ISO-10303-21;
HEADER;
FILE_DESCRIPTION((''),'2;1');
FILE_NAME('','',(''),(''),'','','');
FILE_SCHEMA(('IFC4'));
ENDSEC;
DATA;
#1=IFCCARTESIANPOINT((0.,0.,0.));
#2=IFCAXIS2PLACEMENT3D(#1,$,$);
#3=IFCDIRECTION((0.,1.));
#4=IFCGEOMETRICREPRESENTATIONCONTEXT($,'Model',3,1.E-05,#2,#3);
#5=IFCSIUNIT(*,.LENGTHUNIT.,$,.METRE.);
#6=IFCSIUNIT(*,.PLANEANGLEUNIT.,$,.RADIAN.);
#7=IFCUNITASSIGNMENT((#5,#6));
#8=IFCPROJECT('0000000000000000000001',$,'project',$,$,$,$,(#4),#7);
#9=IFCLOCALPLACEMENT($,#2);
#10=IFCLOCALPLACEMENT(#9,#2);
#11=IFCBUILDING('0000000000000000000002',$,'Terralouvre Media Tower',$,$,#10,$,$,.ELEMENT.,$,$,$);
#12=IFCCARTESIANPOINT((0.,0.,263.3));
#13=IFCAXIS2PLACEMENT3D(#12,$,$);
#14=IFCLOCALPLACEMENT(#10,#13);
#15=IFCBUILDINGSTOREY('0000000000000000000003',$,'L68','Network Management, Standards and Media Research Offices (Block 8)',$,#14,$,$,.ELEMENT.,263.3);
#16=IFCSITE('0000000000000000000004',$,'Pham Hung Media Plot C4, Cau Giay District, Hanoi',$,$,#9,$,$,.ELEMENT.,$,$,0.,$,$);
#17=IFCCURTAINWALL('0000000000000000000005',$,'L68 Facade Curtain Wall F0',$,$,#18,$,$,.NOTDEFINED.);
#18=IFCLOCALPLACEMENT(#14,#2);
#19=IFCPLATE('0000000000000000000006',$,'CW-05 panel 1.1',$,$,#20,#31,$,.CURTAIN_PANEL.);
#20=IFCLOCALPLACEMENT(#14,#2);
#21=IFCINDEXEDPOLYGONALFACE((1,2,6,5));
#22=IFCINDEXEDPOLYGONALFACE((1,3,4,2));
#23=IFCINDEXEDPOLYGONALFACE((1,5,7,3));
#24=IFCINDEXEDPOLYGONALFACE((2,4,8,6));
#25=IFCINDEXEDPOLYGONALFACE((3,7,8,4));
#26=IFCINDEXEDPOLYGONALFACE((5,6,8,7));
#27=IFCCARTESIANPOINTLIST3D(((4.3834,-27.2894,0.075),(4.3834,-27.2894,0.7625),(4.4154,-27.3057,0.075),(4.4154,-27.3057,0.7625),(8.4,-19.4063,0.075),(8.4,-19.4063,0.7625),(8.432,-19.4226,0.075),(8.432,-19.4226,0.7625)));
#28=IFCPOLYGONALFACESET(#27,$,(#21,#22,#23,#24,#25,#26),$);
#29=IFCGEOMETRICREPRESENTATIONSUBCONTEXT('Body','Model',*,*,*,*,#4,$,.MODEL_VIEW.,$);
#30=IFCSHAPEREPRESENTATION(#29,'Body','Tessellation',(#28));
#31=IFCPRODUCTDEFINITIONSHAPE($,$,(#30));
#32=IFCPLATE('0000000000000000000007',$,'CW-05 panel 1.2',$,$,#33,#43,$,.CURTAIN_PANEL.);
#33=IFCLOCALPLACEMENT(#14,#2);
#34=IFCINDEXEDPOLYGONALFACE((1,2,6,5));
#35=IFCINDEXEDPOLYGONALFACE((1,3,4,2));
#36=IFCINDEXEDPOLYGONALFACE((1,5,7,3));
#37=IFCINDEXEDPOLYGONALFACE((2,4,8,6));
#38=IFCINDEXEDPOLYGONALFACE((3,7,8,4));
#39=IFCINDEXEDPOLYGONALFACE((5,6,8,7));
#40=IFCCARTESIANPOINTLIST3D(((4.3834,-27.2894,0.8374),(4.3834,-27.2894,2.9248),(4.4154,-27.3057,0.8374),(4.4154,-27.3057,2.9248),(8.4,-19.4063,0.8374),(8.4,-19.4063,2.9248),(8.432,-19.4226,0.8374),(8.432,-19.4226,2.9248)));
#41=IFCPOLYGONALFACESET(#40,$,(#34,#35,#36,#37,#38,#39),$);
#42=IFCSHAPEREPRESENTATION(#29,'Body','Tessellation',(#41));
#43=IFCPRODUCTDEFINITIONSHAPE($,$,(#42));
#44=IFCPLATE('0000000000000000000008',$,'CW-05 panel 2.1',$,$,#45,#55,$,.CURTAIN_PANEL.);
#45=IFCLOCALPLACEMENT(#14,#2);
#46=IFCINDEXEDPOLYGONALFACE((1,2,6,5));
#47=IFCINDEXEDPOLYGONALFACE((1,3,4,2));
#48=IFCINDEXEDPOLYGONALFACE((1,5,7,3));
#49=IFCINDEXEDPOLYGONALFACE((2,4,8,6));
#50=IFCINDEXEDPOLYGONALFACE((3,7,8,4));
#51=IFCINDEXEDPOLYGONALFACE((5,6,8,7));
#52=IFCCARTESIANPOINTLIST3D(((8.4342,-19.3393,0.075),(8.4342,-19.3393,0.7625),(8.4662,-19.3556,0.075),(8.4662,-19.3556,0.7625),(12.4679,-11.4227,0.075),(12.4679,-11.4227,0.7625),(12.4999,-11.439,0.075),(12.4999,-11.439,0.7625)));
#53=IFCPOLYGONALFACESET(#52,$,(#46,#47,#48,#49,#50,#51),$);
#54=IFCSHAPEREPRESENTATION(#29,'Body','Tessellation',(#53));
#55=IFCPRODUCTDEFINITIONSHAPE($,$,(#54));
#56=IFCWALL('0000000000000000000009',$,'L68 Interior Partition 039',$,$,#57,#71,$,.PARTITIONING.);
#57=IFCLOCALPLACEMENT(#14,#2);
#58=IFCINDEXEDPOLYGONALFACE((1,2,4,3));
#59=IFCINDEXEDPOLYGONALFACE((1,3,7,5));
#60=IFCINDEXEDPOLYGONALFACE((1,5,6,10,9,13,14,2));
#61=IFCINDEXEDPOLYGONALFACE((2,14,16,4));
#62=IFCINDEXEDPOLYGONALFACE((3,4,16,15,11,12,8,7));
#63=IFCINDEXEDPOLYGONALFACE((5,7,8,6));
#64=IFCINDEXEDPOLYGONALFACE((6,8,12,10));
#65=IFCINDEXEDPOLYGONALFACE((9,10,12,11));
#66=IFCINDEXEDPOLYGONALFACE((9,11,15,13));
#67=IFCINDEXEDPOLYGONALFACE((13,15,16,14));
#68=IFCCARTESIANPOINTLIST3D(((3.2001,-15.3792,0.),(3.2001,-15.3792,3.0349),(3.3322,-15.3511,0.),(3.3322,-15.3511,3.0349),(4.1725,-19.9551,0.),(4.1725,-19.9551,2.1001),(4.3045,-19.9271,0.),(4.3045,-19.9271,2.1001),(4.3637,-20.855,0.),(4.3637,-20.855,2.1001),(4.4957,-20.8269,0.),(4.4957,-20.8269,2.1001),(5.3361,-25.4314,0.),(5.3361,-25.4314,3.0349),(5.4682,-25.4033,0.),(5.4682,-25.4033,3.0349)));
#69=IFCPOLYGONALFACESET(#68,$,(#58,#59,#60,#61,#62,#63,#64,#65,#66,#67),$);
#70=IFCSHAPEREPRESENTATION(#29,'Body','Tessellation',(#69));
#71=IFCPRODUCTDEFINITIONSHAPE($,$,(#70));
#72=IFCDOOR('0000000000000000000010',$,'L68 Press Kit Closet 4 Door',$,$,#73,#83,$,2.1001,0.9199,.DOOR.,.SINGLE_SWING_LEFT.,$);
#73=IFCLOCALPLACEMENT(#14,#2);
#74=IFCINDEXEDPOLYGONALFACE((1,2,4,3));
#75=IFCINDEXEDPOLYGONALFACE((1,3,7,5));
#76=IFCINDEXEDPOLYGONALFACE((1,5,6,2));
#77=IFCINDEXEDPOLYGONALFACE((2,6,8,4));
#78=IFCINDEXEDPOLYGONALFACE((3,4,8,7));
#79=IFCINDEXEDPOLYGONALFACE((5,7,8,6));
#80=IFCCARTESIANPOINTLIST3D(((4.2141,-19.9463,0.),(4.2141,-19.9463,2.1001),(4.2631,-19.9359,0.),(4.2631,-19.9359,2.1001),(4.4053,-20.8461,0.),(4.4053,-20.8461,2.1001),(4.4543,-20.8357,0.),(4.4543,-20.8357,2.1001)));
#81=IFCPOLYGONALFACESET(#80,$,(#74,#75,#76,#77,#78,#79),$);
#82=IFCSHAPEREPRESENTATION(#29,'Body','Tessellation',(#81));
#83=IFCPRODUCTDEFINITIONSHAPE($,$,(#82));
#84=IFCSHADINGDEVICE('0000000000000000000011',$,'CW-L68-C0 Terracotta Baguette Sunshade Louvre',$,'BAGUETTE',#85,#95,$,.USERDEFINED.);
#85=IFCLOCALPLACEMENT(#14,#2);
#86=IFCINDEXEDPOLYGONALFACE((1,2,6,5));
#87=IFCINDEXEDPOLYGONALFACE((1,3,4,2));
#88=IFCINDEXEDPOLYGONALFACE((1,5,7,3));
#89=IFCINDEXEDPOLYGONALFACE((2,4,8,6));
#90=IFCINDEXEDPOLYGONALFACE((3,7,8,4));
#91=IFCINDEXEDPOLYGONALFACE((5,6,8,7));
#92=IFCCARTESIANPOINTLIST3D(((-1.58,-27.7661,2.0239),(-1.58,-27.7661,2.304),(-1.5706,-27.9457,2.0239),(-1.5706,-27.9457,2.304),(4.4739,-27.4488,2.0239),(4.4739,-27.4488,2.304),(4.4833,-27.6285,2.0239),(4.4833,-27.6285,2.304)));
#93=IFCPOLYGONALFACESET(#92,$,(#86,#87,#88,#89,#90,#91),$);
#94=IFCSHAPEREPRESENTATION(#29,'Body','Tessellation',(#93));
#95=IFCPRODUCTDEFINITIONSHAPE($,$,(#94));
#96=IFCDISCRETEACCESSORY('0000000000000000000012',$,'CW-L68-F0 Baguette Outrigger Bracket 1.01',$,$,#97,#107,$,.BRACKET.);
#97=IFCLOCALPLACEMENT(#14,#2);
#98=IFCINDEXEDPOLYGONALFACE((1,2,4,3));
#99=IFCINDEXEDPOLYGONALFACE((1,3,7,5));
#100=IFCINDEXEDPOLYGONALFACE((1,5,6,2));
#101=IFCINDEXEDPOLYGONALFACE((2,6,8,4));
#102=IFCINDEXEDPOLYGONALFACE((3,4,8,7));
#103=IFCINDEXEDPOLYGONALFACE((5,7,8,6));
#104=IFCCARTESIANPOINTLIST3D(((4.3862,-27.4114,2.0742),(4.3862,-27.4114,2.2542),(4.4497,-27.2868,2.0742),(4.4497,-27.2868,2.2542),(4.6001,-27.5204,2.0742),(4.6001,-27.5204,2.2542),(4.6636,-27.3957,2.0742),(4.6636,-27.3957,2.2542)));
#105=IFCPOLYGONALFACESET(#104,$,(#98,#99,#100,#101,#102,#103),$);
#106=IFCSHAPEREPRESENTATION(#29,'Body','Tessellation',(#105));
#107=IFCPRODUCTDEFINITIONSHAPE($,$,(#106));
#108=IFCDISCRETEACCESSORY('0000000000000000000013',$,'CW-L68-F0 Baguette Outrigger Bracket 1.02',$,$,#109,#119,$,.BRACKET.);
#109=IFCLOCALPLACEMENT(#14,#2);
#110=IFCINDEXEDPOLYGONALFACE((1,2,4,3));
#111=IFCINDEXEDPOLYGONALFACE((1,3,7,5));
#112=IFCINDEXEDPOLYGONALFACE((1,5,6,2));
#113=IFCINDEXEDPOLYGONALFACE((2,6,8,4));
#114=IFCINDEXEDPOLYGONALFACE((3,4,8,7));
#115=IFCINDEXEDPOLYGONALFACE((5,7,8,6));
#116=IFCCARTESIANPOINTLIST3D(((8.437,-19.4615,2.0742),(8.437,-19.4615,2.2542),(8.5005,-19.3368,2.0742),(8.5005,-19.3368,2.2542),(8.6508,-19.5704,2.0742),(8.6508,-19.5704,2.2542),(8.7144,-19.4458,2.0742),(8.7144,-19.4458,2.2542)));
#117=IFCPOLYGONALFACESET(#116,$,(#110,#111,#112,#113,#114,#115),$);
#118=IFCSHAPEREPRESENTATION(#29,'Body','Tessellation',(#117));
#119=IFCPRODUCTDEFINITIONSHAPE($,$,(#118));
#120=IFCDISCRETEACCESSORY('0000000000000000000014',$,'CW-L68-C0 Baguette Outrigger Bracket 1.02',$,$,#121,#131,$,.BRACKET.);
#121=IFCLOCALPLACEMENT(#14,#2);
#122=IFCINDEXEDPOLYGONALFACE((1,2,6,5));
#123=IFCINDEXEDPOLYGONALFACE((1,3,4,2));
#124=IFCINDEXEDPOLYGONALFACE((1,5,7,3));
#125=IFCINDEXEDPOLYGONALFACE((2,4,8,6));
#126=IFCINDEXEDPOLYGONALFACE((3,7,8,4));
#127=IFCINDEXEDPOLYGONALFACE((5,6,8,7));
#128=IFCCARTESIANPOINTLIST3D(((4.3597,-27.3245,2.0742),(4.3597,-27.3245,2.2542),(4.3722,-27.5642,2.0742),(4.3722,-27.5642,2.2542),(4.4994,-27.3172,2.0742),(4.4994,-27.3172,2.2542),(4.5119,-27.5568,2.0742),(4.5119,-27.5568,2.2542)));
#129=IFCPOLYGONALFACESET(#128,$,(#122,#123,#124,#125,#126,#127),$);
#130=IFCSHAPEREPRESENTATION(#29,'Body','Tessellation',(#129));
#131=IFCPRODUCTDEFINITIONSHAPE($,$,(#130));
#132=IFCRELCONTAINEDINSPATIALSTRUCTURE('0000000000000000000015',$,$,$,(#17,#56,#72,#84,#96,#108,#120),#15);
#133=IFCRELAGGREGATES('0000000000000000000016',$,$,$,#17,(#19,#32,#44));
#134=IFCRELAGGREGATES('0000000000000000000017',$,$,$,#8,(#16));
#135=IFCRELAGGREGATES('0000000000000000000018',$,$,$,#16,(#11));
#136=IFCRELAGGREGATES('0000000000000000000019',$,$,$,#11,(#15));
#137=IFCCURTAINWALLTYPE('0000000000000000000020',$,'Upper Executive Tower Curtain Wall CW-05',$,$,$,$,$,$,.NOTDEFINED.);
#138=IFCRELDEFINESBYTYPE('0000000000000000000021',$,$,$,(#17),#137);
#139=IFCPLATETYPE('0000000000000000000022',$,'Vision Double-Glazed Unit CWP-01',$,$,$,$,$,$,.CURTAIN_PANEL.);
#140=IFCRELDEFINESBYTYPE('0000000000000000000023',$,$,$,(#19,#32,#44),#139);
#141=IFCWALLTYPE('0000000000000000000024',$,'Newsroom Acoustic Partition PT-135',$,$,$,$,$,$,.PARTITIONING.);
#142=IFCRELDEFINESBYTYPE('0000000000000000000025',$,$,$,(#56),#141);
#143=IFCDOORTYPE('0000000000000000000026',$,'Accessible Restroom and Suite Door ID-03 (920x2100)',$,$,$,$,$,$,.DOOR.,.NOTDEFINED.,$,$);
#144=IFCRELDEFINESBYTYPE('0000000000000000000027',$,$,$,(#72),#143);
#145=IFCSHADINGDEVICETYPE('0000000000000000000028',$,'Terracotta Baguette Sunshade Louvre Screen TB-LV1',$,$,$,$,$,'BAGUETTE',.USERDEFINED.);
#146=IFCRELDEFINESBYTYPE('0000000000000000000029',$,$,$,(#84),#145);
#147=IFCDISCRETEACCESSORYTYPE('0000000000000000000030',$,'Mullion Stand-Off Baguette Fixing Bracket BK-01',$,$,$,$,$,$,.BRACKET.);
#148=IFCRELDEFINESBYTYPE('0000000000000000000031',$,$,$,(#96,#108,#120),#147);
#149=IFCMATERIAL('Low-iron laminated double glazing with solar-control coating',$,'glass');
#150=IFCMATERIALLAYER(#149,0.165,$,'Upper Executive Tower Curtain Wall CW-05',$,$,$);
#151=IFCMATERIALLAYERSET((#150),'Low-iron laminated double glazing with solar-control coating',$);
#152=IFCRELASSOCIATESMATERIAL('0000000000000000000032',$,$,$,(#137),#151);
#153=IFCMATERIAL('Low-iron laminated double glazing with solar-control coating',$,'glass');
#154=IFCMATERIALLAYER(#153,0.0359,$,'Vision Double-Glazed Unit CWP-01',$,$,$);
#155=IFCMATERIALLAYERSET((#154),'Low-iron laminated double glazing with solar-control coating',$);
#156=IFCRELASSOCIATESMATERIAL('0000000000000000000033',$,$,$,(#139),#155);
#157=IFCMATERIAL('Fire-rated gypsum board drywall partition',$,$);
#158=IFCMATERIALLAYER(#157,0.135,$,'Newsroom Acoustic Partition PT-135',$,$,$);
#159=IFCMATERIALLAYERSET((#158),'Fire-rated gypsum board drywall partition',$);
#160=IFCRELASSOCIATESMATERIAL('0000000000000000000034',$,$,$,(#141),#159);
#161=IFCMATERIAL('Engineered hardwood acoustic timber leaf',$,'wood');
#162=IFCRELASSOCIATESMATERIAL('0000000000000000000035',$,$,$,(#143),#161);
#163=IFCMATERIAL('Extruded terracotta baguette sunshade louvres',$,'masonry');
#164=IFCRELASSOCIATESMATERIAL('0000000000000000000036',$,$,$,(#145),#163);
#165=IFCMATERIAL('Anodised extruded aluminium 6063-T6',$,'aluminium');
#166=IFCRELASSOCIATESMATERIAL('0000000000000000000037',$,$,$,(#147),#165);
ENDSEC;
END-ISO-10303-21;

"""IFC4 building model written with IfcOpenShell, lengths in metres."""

from ifc_helpers import new_model, si_unit, direction, frame, frame_2d, origin, origin_2d, place, context, subcontext, project, spatial, rectangle, extrude, material, layer, layer_set, type_object, element, fill, aggregate, save


model = new_model("IFC4")

# Units and contexts
model_context = context("Model", 3, precision=1e-05, world=origin(), true_north=direction((0.0, 1.0)))
body_context = subcontext(model_context, "Body", "Model", "MODEL_VIEW")
ifc_project = project(units=[si_unit("LENGTHUNIT", "METRE"), si_unit("PLANEANGLEUNIT", "RADIAN")], contexts=[model_context])

# Site, building, storey
site_placement = place(None, origin())
site = spatial("IfcSite", under=ifc_project, at=site_placement, Name="Pham Hung Media Plot C4, Cau Giay District, Hanoi", CompositionType="ELEMENT", RefElevation=0.0)
building_placement = place(site_placement, origin())
building = spatial("IfcBuilding", under=site, at=building_placement, Name="Terralouvre Media Tower", CompositionType="ELEMENT")
storey_placement = place(building_placement, frame((0.0, 0.0, 263.3)))
storey = spatial("IfcBuildingStorey", under=building, at=storey_placement, Name="L68", Description="Network Management, Standards and Media Research Offices (Block 8)", CompositionType="ELEMENT", Elevation=263.3)

# Curtain wall
ifc_material_1 = material(Name="Low-iron laminated double glazing with solar-control coating", Category="glass")
ifc_layer_1 = layer(ifc_material_1, 0.165, Name="Upper Executive Tower Curtain Wall CW-05")
ifc_layer_set_1 = layer_set([ifc_layer_1], Name="Low-iron laminated double glazing with solar-control coating")
curtain_wall_type_1 = type_object("IfcCurtainWallType", Name="Upper Executive Tower Curtain Wall CW-05", PredefinedType="NOTDEFINED", material=ifc_layer_set_1)
curtain_wall_1_placement = place(storey_placement, origin())
curtain_wall_1 = element("IfcCurtainWall", 1, at=curtain_wall_1_placement, inside=storey, type_object=curtain_wall_type_1, Name="L68 Facade Curtain Wall F0", PredefinedType="NOTDEFINED")

# Plates
ifc_material_2 = material(Name="Low-iron laminated double glazing with solar-control coating", Category="glass")
ifc_layer_2 = layer(ifc_material_2, 0.0359, Name="Vision Double-Glazed Unit CWP-01")
ifc_layer_set_2 = layer_set([ifc_layer_2], Name="Low-iron laminated double glazing with solar-control coating")
plate_type_1 = type_object("IfcPlateType", Name="Vision Double-Glazed Unit CWP-01", PredefinedType="CURTAIN_PANEL", material=ifc_layer_set_2)
plate_1_placement = place(storey_placement, frame((6.4077, -23.356, 0.075), z_axis=(0.0, 0.0, 1.0), x_axis=(0.45399, 0.891007, 0.0)))
plate_1 = element("IfcPlate", 2, at=plate_1_placement, type_object=plate_type_1, Name="CW-05 panel 1.1", PredefinedType="CURTAIN_PANEL", context=body_context, shape_type="SweptSolid", body=[
    extrude(rectangle(XDim=8.8474, YDim=0.0359, at=origin_2d()), origin(), (0.0, 0.0, 1.0), 0.6875),
])
plate_2_placement = place(storey_placement, frame((6.4077, -23.356, 0.8374), z_axis=(0.0, 0.0, 1.0), x_axis=(0.45399, 0.891007, 0.0)))
plate_2 = element("IfcPlate", 3, at=plate_2_placement, type_object=plate_type_1, Name="CW-05 panel 1.2", PredefinedType="CURTAIN_PANEL", context=body_context, shape_type="SweptSolid", body=[
    extrude(rectangle(XDim=8.8474, YDim=0.0359, at=origin_2d()), origin(), (0.0, 0.0, 1.0), 2.0874),
])
plate_3_placement = place(storey_placement, frame((10.467, -15.3892, 0.075), z_axis=(0.0, 0.0, 1.0), x_axis=(0.45399, 0.891007, 0.0)))
plate_3 = element("IfcPlate", 4, at=plate_3_placement, type_object=plate_type_1, Name="CW-05 panel 2.1", PredefinedType="CURTAIN_PANEL", context=body_context, shape_type="SweptSolid", body=[
    extrude(rectangle(XDim=8.885, YDim=0.0359, at=origin_2d()), origin(), (0.0, 0.0, 1.0), 0.6875),
])
aggregate(curtain_wall_1, [plate_1, plate_2, plate_3])

# Wall, opening, door
ifc_material_3 = material(Name="Fire-rated gypsum board drywall partition")
ifc_layer_3 = layer(ifc_material_3, 0.135, Name="Newsroom Acoustic Partition PT-135")
ifc_layer_set_3 = layer_set([ifc_layer_3], Name="Fire-rated gypsum board drywall partition")
wall_type = type_object("IfcWallType", Name="Newsroom Acoustic Partition PT-135", PredefinedType="PARTITIONING", material=ifc_layer_set_3)
wall_placement = place(storey_placement, frame((5.4021, -25.4172, 0.0), z_axis=(0.0, 0.0, 1.0), x_axis=(-0.207848, 0.978161, 0.0)))
wall = element("IfcWall", 5, at=wall_placement, inside=storey, type_object=wall_type, Name="L68 Interior Partition 039", PredefinedType="PARTITIONING", context=body_context, shape_type="SweptSolid", body=[
    extrude(rectangle(XDim=10.2766, YDim=0.135, at=frame_2d((5.1382, 0.0))), origin(), (0.0, 0.0, 1.0), 3.0349),
])
opening_placement = place(wall_placement, frame((4.6785, 0.0, 0.0)))
opening = element("IfcOpeningElement", 6, at=opening_placement, cuts=wall, PredefinedType="OPENING", context=body_context, shape_type="SweptSolid", body=[
    extrude(rectangle(XDim=0.9199, YDim=2.1001, at=frame_2d((0.46, 1.05))), frame((0.0, 0.0774, 0.0), z_axis=(0.0, -1.0, 0.0), x_axis=(1.0, 0.0, 0.0)), (0.0, 0.0, 1.0), 0.155),
])
ifc_material_4 = material(Name="Engineered hardwood acoustic timber leaf", Category="wood")
door_type = type_object("IfcDoorType", Name="Accessible Restroom and Suite Door ID-03 (920x2100)", OperationType="NOTDEFINED", PredefinedType="DOOR", material=ifc_material_4)
door_placement = place(opening_placement, origin())
door = element("IfcDoor", 7, at=door_placement, inside=storey, type_object=door_type, Name="L68 Press Kit Closet 4 Door", OperationType="SINGLE_SWING_LEFT", OverallHeight=2.1001, OverallWidth=0.9199, PredefinedType="DOOR", context=body_context, shape_type="SweptSolid", body=[
    extrude(rectangle(XDim=0.9199, YDim=2.1001, at=frame_2d((0.46, 1.05))), frame((0.0, 0.0249, 0.0), z_axis=(0.0, -1.0, 0.0), x_axis=(1.0, 0.0, 0.0)), (0.0, 0.0, 1.0), 0.05),
])
fill(opening, door)

# Shading device
ifc_material_5 = material(Name="Extruded terracotta baguette sunshade louvres", Category="masonry")
shading_device_type = type_object("IfcShadingDeviceType", Name="Terracotta Baguette Sunshade Louvre Screen TB-LV1", ElementType="BAGUETTE", PredefinedType="USERDEFINED", material=ifc_material_5)
shading_device_placement = place(storey_placement, frame((1.4517, -27.6973, 2.0239), z_axis=(0.0, 0.0, 1.0), x_axis=(0.99863, 0.052336, 0.0)))
element("IfcShadingDevice", 8, at=shading_device_placement, inside=storey, type_object=shading_device_type, Name="CW-L68-C0 Terracotta Baguette Sunshade Louvre", ObjectType="BAGUETTE", PredefinedType="USERDEFINED", context=body_context, shape_type="SweptSolid", body=[
    extrude(rectangle(XDim=6.0623, YDim=0.1799, at=origin_2d()), origin(), (0.0, 0.0, 1.0), 0.28),
])

# Discrete accessories
ifc_material_6 = material(Name="Anodised extruded aluminium 6063-T6", Category="aluminium")
discrete_accessory_type = type_object("IfcDiscreteAccessoryType", Name="Mullion Stand-Off Baguette Fixing Bracket BK-01", PredefinedType="BRACKET", material=ifc_material_6)
for number, where, z_axis, x_axis, name in (
    (9, (4.5249, -27.4036, 2.0742), (0.0, 0.0, 1.0), (0.45399, 0.891007, 0.0), "CW-L68-F0 Baguette Outrigger Bracket 1.01"),
    (10, (8.5757, -19.4536, 2.0742), (0.0, 0.0, 1.0), (0.45399, 0.891007, 0.0), "CW-L68-F0 Baguette Outrigger Bracket 1.02"),
    (11, (4.4358, -27.4407, 2.0742), (0.0, 0.0, 1.0), (0.99863, 0.052336, 0.0), "CW-L68-C0 Baguette Outrigger Bracket 1.02"),
):
    element("IfcDiscreteAccessory", number, at=place(storey_placement, frame(where, z_axis=z_axis, x_axis=x_axis)), inside=storey, type_object=discrete_accessory_type, Name=name, PredefinedType="BRACKET", context=body_context, shape_type="SweptSolid", body=[
        extrude(rectangle(XDim=0.1399, YDim=0.24, at=origin_2d()), origin(), (0.0, 0.0, 1.0), 0.1799),
    ])

save(model, "model.ifc")
